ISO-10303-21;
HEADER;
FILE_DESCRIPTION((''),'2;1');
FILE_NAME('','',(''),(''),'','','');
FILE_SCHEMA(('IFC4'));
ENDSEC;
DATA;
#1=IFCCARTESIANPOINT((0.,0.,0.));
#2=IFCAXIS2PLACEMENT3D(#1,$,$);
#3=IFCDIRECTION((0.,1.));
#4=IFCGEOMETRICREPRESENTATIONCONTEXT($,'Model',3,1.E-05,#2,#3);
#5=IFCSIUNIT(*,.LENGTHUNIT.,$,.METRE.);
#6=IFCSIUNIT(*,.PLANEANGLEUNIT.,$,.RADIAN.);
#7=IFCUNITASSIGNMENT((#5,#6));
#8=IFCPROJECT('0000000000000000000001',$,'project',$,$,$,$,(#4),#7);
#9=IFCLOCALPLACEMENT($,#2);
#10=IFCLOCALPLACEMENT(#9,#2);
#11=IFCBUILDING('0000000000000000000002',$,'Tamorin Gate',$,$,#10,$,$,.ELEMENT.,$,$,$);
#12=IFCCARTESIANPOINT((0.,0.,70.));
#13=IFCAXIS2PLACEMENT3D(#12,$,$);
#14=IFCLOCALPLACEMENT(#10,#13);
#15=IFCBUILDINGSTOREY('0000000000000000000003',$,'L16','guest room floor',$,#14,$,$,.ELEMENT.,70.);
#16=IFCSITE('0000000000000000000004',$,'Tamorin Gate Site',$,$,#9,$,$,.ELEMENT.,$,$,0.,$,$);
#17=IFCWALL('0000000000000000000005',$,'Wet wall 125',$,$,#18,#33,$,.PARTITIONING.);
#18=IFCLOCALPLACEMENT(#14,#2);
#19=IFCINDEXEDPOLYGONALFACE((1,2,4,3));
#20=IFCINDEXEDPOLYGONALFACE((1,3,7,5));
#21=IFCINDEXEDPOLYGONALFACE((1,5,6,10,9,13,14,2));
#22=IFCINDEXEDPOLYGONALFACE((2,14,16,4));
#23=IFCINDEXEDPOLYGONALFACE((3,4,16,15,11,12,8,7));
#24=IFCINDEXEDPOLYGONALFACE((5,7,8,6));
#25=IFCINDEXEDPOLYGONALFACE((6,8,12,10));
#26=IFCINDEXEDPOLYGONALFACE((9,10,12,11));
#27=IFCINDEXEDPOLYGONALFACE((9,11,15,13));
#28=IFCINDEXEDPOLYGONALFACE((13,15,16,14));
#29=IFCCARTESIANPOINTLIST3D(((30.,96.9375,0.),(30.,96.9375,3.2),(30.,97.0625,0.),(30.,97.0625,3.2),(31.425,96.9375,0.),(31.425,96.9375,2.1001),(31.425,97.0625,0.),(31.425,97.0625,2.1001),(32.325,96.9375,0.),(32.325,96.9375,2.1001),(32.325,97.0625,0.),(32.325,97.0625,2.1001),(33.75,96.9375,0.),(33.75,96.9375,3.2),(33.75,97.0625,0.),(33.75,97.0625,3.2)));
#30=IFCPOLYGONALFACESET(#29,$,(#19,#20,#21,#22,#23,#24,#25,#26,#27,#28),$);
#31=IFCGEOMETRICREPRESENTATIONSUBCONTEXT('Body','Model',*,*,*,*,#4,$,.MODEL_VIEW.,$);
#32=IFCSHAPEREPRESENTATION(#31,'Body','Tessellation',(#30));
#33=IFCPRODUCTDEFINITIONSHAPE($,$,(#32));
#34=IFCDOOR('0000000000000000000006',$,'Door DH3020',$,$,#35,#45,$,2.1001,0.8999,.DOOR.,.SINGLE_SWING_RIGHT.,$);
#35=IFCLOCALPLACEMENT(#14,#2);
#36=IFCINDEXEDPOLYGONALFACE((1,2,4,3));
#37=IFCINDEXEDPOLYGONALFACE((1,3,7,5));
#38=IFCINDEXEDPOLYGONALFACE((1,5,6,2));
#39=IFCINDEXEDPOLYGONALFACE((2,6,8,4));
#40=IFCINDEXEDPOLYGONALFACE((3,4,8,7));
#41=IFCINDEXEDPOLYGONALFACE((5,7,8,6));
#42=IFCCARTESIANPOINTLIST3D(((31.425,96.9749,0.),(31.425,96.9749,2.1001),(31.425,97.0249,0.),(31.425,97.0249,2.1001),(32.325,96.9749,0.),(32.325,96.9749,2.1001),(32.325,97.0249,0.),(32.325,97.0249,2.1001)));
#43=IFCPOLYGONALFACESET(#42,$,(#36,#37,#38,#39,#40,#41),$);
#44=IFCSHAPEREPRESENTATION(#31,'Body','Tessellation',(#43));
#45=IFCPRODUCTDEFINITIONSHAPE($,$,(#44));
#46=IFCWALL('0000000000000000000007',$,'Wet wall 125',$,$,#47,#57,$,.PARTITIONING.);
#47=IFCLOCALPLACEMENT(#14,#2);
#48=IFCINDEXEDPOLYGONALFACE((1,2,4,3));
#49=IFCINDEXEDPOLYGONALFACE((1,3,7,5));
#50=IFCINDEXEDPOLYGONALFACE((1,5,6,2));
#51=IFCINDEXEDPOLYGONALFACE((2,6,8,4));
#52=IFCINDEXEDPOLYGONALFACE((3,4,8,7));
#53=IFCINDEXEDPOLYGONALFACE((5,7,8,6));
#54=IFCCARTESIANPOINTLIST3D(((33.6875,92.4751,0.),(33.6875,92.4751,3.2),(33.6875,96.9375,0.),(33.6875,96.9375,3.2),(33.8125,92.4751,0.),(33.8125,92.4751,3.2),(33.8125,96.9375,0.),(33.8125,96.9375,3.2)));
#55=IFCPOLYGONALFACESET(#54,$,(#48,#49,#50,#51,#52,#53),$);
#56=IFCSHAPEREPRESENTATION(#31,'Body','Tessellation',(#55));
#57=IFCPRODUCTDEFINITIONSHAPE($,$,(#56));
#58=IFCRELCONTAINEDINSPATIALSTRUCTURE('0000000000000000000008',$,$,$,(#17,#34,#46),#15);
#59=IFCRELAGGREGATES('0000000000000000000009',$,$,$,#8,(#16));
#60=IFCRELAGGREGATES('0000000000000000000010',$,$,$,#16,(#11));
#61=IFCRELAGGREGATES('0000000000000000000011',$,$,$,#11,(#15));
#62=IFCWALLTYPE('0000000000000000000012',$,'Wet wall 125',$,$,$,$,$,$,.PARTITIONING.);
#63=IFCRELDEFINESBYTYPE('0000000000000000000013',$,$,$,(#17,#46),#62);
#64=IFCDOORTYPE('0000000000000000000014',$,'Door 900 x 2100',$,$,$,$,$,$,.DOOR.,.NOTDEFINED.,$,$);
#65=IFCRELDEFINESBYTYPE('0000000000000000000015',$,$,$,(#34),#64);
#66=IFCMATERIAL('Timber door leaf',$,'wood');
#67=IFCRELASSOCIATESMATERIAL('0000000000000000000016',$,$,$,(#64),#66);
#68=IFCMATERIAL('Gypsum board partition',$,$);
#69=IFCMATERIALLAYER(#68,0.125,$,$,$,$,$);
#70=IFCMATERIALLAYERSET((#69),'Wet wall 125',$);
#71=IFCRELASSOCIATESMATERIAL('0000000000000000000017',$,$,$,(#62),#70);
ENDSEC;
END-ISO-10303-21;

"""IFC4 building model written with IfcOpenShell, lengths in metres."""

from ifc_helpers import new_model, si_unit, direction, frame, frame_2d, origin, place, context, subcontext, project, spatial, rectangle, extrude, material, layer, layer_set, type_object, element, fill, save


model = new_model("IFC4")

# Units and contexts
model_context = context("Model", 3, precision=1e-05, world=origin(), true_north=direction((0.0, 1.0)))
body_context = subcontext(model_context, "Body", "Model", "MODEL_VIEW")
ifc_project = project(units=[si_unit("LENGTHUNIT", "METRE"), si_unit("PLANEANGLEUNIT", "RADIAN")], contexts=[model_context])

# Site, building, storey
site_placement = place(None, origin())
site = spatial("IfcSite", under=ifc_project, at=site_placement, Name="Tamorin Gate Site", CompositionType="ELEMENT", RefElevation=0.0)
building_placement = place(site_placement, origin())
building = spatial("IfcBuilding", under=site, at=building_placement, Name="Tamorin Gate", CompositionType="ELEMENT")
storey_placement = place(building_placement, frame((0.0, 0.0, 70.0)))
storey = spatial("IfcBuildingStorey", under=building, at=storey_placement, Name="L16", Description="guest room floor", CompositionType="ELEMENT", Elevation=70.0)

# Shared definitions
ifc_material_1 = material(Name="Gypsum board partition")
ifc_material_2 = material(Name="Timber door leaf", Category="wood")

# Wall, opening, door
door_type_1 = type_object("IfcDoorType", Name="Door 900 x 2100", OperationType="NOTDEFINED", PredefinedType="DOOR", material=ifc_material_2)
ifc_layer_1 = layer(ifc_material_1, 0.125)
ifc_layer_set_1 = layer_set([ifc_layer_1], Name="Wet wall 125")
wall_type_1 = type_object("IfcWallType", Name="Wet wall 125", PredefinedType="PARTITIONING", material=ifc_layer_set_1)
wall_1_placement = place(storey_placement, frame((30.0, 97.0, 0.0), z_axis=(0.0, 0.0, 1.0), x_axis=(1.0, 0.0, 0.0)))
wall_1 = element("IfcWall", 1, at=wall_1_placement, inside=storey, type_object=wall_type_1, Name="Wet wall 125", PredefinedType="PARTITIONING", context=body_context, shape_type="SweptSolid", body=[
    extrude(rectangle(XDim=3.75, YDim=0.125, at=frame_2d((1.875, 0.0))), origin(), (0.0, 0.0, 1.0), 3.2),
])
opening_1_placement = place(wall_1_placement, frame((1.425, 0.0, 0.0)))
opening_1 = element("IfcOpeningElement", 2, at=opening_1_placement, cuts=wall_1, PredefinedType="OPENING", context=body_context, shape_type="SweptSolid", body=[
    extrude(rectangle(XDim=0.8999, YDim=2.1001, at=frame_2d((0.45, 1.05))), frame((0.0, 0.0725, 0.0), z_axis=(0.0, -1.0, 0.0), x_axis=(1.0, 0.0, 0.0)), (0.0, 0.0, 1.0), 0.145),
])
door_1_placement = place(opening_1_placement, origin())
door_1 = element("IfcDoor", 3, at=door_1_placement, inside=storey, type_object=door_type_1, Name="Door DH3020", OperationType="SINGLE_SWING_RIGHT", OverallHeight=2.1001, OverallWidth=0.8999, PredefinedType="DOOR", context=body_context, shape_type="SweptSolid", body=[
    extrude(rectangle(XDim=0.8999, YDim=2.1001, at=frame_2d((0.45, 1.05))), frame((0.0, 0.0249, 0.0), z_axis=(0.0, -1.0, 0.0), x_axis=(1.0, 0.0, 0.0)), (0.0, 0.0, 1.0), 0.05),
])
fill(opening_1, door_1)

# Wall
wall_2_placement = place(storey_placement, frame((33.75, 92.4751, 0.0), z_axis=(0.0, 0.0, 1.0), x_axis=(0.0, 1.0, 0.0)))
element("IfcWall", 4, at=wall_2_placement, inside=storey, type_object=wall_type_1, Name="Wet wall 125", PredefinedType="PARTITIONING", context=body_context, shape_type="SweptSolid", body=[
    extrude(rectangle(XDim=4.4624, YDim=0.125, at=frame_2d((2.2312, 0.0))), origin(), (0.0, 0.0, 1.0), 3.2),
])

save(model, "model.ifc")
